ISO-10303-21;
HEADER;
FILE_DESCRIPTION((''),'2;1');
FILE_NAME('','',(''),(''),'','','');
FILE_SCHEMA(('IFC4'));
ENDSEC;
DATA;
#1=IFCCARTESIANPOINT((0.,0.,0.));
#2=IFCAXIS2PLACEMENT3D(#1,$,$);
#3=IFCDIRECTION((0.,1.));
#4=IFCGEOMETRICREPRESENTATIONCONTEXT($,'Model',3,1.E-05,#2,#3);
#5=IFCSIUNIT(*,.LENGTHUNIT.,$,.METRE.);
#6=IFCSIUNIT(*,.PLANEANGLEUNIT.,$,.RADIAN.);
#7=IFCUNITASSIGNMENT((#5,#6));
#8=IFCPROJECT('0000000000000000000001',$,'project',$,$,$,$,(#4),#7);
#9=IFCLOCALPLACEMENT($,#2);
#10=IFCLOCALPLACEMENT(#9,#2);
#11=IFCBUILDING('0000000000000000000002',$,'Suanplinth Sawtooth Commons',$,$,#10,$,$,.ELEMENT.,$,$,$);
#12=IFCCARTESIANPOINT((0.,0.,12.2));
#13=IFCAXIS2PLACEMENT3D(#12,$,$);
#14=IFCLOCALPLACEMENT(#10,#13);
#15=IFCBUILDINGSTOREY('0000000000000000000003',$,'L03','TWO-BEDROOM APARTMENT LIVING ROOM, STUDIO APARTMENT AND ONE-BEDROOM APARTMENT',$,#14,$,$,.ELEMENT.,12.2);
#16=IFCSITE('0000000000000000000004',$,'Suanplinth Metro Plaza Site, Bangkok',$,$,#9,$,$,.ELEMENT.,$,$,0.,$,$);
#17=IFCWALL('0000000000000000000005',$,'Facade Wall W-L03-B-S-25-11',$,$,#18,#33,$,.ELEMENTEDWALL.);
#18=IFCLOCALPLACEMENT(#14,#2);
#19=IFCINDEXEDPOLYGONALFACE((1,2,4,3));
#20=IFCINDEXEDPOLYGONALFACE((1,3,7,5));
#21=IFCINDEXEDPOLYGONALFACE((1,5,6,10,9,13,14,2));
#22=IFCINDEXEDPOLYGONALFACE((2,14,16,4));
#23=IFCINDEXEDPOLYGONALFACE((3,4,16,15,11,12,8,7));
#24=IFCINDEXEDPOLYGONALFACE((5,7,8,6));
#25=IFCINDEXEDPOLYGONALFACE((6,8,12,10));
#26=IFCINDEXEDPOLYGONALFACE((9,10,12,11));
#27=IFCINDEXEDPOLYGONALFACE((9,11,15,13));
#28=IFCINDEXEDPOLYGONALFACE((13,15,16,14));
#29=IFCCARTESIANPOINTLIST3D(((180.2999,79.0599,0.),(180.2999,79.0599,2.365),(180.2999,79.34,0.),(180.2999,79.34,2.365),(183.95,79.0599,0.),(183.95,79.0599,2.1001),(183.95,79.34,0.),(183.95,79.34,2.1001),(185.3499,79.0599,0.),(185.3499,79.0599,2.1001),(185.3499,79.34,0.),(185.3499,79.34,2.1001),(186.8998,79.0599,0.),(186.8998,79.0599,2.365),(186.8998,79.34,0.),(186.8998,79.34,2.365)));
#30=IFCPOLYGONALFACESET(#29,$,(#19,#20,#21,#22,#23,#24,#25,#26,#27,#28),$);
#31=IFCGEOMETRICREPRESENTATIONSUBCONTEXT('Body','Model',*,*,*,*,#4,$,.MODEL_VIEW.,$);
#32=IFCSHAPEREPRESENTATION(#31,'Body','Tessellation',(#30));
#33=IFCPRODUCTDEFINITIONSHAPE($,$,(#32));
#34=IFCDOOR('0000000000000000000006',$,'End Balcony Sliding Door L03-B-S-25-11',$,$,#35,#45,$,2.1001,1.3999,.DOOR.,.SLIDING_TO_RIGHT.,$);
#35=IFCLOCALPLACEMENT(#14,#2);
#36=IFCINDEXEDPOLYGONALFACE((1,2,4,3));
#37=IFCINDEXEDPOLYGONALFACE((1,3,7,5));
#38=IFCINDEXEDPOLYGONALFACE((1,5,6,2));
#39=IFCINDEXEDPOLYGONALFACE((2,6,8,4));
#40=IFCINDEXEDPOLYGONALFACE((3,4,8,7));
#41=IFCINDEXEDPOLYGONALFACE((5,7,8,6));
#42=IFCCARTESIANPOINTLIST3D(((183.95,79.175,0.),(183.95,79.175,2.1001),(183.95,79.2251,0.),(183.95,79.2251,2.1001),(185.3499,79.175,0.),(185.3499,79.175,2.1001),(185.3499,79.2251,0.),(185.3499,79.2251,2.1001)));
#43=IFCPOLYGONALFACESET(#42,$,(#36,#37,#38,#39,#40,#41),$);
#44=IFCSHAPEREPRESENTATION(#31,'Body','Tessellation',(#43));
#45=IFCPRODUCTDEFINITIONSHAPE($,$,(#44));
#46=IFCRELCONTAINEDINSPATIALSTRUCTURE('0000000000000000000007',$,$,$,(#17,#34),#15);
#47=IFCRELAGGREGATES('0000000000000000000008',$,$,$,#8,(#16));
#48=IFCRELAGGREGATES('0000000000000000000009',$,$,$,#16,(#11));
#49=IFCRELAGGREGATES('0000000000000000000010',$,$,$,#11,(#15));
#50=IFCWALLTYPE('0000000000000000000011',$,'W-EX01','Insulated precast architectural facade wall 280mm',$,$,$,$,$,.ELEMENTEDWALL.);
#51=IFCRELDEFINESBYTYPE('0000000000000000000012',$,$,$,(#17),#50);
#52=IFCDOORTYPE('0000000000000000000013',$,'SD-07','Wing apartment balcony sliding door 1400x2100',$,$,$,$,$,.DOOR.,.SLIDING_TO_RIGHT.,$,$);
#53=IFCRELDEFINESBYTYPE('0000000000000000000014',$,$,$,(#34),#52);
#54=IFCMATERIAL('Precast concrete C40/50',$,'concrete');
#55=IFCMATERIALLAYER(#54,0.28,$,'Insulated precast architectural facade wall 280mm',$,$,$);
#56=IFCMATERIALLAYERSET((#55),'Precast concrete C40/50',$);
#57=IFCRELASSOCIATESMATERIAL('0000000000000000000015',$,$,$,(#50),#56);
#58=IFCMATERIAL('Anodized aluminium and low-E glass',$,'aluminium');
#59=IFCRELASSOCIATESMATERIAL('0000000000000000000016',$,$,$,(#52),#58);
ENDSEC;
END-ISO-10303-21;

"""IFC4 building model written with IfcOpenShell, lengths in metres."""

from ifc_helpers import new_model, si_unit, direction, frame, frame_2d, origin, place, context, subcontext, project, spatial, rectangle, extrude, material, layer, layer_set, type_object, element, fill, save


model = new_model("IFC4")

# Units and contexts
model_context = context("Model", 3, precision=1e-05, world=origin(), true_north=direction((0.0, 1.0)))
body_context = subcontext(model_context, "Body", "Model", "MODEL_VIEW")
ifc_project = project(units=[si_unit("LENGTHUNIT", "METRE"), si_unit("PLANEANGLEUNIT", "RADIAN")], contexts=[model_context])

# Site, building, storey
site_placement = place(None, origin())
site = spatial("IfcSite", under=ifc_project, at=site_placement, Name="Suanplinth Metro Plaza Site, Bangkok", CompositionType="ELEMENT", RefElevation=0.0)
building_placement = place(site_placement, origin())
building = spatial("IfcBuilding", under=site, at=building_placement, Name="Suanplinth Sawtooth Commons", CompositionType="ELEMENT")
storey_placement = place(building_placement, frame((0.0, 0.0, 12.2)))
storey = spatial("IfcBuildingStorey", under=building, at=storey_placement, Name="L03", Description="TWO-BEDROOM APARTMENT LIVING ROOM, STUDIO APARTMENT AND ONE-BEDROOM APARTMENT", CompositionType="ELEMENT", Elevation=12.2)

# Shared definitions
ifc_material_1 = material(Name="Precast concrete C40/50", Category="concrete")

# Shared definitions
ifc_layer_1 = layer(ifc_material_1, 0.28, Name="Insulated precast architectural facade wall 280mm")
ifc_layer_set_1 = layer_set([ifc_layer_1], Name="Precast concrete C40/50")
wall_type = type_object("IfcWallType", Name="W-EX01", Description="Insulated precast architectural facade wall 280mm", PredefinedType="ELEMENTEDWALL", material=ifc_layer_set_1)

# Wall, opening, door
ifc_material_2 = material(Name="Anodized aluminium and low-E glass", Category="aluminium")
door_type = type_object("IfcDoorType", Name="SD-07", Description="Wing apartment balcony sliding door 1400x2100", OperationType="SLIDING_TO_RIGHT", PredefinedType="DOOR", material=ifc_material_2)
wall_1_placement = place(storey_placement, frame((180.3, 79.2, 0.0), z_axis=(0.0, 0.0, 1.0), x_axis=(1.0, 0.0, 0.0)))
wall_1 = element("IfcWall", 1, at=wall_1_placement, inside=storey, type_object=wall_type, Name="Facade Wall W-L03-B-S-25-11", PredefinedType="ELEMENTEDWALL", context=body_context, shape_type="SweptSolid", body=[
    extrude(rectangle(XDim=6.5999, YDim=0.28, at=frame_2d((3.2998, 0.0))), origin(), (0.0, 0.0, 1.0), 2.365),
])
opening_1_placement = place(wall_1_placement, frame((3.6499, 0.0, 0.0)))
opening_1 = element("IfcOpeningElement", 2, at=opening_1_placement, cuts=wall_1, PredefinedType="OPENING", context=body_context, shape_type="SweptSolid", body=[
    extrude(rectangle(XDim=1.3999, YDim=2.1001, at=frame_2d((0.7, 1.05))), frame((0.0, 0.1548, 0.0), z_axis=(0.0, -1.0, 0.0), x_axis=(1.0, 0.0, 0.0)), (0.0, 0.0, 1.0), 0.3098),
])
door_1_placement = place(opening_1_placement, frame((1.3999, 0.0, 0.0), z_axis=(0.0, 0.0, 1.0), x_axis=(-1.0, 0.0, 0.0)))
door_1 = element("IfcDoor", 3, at=door_1_placement, inside=storey, type_object=door_type, Name="End Balcony Sliding Door L03-B-S-25-11", OperationType="SLIDING_TO_RIGHT", OverallHeight=2.1001, OverallWidth=1.3999, PredefinedType="DOOR", context=body_context, shape_type="SweptSolid", body=[
    extrude(rectangle(XDim=1.3999, YDim=2.1001, at=frame_2d((0.7, 1.05))), frame((0.0, 0.0249, 0.0), z_axis=(0.0, -1.0, 0.0), x_axis=(1.0, 0.0, 0.0)), (0.0, 0.0, 1.0), 0.05),
])
fill(opening_1, door_1)

save(model, "model.ifc")
